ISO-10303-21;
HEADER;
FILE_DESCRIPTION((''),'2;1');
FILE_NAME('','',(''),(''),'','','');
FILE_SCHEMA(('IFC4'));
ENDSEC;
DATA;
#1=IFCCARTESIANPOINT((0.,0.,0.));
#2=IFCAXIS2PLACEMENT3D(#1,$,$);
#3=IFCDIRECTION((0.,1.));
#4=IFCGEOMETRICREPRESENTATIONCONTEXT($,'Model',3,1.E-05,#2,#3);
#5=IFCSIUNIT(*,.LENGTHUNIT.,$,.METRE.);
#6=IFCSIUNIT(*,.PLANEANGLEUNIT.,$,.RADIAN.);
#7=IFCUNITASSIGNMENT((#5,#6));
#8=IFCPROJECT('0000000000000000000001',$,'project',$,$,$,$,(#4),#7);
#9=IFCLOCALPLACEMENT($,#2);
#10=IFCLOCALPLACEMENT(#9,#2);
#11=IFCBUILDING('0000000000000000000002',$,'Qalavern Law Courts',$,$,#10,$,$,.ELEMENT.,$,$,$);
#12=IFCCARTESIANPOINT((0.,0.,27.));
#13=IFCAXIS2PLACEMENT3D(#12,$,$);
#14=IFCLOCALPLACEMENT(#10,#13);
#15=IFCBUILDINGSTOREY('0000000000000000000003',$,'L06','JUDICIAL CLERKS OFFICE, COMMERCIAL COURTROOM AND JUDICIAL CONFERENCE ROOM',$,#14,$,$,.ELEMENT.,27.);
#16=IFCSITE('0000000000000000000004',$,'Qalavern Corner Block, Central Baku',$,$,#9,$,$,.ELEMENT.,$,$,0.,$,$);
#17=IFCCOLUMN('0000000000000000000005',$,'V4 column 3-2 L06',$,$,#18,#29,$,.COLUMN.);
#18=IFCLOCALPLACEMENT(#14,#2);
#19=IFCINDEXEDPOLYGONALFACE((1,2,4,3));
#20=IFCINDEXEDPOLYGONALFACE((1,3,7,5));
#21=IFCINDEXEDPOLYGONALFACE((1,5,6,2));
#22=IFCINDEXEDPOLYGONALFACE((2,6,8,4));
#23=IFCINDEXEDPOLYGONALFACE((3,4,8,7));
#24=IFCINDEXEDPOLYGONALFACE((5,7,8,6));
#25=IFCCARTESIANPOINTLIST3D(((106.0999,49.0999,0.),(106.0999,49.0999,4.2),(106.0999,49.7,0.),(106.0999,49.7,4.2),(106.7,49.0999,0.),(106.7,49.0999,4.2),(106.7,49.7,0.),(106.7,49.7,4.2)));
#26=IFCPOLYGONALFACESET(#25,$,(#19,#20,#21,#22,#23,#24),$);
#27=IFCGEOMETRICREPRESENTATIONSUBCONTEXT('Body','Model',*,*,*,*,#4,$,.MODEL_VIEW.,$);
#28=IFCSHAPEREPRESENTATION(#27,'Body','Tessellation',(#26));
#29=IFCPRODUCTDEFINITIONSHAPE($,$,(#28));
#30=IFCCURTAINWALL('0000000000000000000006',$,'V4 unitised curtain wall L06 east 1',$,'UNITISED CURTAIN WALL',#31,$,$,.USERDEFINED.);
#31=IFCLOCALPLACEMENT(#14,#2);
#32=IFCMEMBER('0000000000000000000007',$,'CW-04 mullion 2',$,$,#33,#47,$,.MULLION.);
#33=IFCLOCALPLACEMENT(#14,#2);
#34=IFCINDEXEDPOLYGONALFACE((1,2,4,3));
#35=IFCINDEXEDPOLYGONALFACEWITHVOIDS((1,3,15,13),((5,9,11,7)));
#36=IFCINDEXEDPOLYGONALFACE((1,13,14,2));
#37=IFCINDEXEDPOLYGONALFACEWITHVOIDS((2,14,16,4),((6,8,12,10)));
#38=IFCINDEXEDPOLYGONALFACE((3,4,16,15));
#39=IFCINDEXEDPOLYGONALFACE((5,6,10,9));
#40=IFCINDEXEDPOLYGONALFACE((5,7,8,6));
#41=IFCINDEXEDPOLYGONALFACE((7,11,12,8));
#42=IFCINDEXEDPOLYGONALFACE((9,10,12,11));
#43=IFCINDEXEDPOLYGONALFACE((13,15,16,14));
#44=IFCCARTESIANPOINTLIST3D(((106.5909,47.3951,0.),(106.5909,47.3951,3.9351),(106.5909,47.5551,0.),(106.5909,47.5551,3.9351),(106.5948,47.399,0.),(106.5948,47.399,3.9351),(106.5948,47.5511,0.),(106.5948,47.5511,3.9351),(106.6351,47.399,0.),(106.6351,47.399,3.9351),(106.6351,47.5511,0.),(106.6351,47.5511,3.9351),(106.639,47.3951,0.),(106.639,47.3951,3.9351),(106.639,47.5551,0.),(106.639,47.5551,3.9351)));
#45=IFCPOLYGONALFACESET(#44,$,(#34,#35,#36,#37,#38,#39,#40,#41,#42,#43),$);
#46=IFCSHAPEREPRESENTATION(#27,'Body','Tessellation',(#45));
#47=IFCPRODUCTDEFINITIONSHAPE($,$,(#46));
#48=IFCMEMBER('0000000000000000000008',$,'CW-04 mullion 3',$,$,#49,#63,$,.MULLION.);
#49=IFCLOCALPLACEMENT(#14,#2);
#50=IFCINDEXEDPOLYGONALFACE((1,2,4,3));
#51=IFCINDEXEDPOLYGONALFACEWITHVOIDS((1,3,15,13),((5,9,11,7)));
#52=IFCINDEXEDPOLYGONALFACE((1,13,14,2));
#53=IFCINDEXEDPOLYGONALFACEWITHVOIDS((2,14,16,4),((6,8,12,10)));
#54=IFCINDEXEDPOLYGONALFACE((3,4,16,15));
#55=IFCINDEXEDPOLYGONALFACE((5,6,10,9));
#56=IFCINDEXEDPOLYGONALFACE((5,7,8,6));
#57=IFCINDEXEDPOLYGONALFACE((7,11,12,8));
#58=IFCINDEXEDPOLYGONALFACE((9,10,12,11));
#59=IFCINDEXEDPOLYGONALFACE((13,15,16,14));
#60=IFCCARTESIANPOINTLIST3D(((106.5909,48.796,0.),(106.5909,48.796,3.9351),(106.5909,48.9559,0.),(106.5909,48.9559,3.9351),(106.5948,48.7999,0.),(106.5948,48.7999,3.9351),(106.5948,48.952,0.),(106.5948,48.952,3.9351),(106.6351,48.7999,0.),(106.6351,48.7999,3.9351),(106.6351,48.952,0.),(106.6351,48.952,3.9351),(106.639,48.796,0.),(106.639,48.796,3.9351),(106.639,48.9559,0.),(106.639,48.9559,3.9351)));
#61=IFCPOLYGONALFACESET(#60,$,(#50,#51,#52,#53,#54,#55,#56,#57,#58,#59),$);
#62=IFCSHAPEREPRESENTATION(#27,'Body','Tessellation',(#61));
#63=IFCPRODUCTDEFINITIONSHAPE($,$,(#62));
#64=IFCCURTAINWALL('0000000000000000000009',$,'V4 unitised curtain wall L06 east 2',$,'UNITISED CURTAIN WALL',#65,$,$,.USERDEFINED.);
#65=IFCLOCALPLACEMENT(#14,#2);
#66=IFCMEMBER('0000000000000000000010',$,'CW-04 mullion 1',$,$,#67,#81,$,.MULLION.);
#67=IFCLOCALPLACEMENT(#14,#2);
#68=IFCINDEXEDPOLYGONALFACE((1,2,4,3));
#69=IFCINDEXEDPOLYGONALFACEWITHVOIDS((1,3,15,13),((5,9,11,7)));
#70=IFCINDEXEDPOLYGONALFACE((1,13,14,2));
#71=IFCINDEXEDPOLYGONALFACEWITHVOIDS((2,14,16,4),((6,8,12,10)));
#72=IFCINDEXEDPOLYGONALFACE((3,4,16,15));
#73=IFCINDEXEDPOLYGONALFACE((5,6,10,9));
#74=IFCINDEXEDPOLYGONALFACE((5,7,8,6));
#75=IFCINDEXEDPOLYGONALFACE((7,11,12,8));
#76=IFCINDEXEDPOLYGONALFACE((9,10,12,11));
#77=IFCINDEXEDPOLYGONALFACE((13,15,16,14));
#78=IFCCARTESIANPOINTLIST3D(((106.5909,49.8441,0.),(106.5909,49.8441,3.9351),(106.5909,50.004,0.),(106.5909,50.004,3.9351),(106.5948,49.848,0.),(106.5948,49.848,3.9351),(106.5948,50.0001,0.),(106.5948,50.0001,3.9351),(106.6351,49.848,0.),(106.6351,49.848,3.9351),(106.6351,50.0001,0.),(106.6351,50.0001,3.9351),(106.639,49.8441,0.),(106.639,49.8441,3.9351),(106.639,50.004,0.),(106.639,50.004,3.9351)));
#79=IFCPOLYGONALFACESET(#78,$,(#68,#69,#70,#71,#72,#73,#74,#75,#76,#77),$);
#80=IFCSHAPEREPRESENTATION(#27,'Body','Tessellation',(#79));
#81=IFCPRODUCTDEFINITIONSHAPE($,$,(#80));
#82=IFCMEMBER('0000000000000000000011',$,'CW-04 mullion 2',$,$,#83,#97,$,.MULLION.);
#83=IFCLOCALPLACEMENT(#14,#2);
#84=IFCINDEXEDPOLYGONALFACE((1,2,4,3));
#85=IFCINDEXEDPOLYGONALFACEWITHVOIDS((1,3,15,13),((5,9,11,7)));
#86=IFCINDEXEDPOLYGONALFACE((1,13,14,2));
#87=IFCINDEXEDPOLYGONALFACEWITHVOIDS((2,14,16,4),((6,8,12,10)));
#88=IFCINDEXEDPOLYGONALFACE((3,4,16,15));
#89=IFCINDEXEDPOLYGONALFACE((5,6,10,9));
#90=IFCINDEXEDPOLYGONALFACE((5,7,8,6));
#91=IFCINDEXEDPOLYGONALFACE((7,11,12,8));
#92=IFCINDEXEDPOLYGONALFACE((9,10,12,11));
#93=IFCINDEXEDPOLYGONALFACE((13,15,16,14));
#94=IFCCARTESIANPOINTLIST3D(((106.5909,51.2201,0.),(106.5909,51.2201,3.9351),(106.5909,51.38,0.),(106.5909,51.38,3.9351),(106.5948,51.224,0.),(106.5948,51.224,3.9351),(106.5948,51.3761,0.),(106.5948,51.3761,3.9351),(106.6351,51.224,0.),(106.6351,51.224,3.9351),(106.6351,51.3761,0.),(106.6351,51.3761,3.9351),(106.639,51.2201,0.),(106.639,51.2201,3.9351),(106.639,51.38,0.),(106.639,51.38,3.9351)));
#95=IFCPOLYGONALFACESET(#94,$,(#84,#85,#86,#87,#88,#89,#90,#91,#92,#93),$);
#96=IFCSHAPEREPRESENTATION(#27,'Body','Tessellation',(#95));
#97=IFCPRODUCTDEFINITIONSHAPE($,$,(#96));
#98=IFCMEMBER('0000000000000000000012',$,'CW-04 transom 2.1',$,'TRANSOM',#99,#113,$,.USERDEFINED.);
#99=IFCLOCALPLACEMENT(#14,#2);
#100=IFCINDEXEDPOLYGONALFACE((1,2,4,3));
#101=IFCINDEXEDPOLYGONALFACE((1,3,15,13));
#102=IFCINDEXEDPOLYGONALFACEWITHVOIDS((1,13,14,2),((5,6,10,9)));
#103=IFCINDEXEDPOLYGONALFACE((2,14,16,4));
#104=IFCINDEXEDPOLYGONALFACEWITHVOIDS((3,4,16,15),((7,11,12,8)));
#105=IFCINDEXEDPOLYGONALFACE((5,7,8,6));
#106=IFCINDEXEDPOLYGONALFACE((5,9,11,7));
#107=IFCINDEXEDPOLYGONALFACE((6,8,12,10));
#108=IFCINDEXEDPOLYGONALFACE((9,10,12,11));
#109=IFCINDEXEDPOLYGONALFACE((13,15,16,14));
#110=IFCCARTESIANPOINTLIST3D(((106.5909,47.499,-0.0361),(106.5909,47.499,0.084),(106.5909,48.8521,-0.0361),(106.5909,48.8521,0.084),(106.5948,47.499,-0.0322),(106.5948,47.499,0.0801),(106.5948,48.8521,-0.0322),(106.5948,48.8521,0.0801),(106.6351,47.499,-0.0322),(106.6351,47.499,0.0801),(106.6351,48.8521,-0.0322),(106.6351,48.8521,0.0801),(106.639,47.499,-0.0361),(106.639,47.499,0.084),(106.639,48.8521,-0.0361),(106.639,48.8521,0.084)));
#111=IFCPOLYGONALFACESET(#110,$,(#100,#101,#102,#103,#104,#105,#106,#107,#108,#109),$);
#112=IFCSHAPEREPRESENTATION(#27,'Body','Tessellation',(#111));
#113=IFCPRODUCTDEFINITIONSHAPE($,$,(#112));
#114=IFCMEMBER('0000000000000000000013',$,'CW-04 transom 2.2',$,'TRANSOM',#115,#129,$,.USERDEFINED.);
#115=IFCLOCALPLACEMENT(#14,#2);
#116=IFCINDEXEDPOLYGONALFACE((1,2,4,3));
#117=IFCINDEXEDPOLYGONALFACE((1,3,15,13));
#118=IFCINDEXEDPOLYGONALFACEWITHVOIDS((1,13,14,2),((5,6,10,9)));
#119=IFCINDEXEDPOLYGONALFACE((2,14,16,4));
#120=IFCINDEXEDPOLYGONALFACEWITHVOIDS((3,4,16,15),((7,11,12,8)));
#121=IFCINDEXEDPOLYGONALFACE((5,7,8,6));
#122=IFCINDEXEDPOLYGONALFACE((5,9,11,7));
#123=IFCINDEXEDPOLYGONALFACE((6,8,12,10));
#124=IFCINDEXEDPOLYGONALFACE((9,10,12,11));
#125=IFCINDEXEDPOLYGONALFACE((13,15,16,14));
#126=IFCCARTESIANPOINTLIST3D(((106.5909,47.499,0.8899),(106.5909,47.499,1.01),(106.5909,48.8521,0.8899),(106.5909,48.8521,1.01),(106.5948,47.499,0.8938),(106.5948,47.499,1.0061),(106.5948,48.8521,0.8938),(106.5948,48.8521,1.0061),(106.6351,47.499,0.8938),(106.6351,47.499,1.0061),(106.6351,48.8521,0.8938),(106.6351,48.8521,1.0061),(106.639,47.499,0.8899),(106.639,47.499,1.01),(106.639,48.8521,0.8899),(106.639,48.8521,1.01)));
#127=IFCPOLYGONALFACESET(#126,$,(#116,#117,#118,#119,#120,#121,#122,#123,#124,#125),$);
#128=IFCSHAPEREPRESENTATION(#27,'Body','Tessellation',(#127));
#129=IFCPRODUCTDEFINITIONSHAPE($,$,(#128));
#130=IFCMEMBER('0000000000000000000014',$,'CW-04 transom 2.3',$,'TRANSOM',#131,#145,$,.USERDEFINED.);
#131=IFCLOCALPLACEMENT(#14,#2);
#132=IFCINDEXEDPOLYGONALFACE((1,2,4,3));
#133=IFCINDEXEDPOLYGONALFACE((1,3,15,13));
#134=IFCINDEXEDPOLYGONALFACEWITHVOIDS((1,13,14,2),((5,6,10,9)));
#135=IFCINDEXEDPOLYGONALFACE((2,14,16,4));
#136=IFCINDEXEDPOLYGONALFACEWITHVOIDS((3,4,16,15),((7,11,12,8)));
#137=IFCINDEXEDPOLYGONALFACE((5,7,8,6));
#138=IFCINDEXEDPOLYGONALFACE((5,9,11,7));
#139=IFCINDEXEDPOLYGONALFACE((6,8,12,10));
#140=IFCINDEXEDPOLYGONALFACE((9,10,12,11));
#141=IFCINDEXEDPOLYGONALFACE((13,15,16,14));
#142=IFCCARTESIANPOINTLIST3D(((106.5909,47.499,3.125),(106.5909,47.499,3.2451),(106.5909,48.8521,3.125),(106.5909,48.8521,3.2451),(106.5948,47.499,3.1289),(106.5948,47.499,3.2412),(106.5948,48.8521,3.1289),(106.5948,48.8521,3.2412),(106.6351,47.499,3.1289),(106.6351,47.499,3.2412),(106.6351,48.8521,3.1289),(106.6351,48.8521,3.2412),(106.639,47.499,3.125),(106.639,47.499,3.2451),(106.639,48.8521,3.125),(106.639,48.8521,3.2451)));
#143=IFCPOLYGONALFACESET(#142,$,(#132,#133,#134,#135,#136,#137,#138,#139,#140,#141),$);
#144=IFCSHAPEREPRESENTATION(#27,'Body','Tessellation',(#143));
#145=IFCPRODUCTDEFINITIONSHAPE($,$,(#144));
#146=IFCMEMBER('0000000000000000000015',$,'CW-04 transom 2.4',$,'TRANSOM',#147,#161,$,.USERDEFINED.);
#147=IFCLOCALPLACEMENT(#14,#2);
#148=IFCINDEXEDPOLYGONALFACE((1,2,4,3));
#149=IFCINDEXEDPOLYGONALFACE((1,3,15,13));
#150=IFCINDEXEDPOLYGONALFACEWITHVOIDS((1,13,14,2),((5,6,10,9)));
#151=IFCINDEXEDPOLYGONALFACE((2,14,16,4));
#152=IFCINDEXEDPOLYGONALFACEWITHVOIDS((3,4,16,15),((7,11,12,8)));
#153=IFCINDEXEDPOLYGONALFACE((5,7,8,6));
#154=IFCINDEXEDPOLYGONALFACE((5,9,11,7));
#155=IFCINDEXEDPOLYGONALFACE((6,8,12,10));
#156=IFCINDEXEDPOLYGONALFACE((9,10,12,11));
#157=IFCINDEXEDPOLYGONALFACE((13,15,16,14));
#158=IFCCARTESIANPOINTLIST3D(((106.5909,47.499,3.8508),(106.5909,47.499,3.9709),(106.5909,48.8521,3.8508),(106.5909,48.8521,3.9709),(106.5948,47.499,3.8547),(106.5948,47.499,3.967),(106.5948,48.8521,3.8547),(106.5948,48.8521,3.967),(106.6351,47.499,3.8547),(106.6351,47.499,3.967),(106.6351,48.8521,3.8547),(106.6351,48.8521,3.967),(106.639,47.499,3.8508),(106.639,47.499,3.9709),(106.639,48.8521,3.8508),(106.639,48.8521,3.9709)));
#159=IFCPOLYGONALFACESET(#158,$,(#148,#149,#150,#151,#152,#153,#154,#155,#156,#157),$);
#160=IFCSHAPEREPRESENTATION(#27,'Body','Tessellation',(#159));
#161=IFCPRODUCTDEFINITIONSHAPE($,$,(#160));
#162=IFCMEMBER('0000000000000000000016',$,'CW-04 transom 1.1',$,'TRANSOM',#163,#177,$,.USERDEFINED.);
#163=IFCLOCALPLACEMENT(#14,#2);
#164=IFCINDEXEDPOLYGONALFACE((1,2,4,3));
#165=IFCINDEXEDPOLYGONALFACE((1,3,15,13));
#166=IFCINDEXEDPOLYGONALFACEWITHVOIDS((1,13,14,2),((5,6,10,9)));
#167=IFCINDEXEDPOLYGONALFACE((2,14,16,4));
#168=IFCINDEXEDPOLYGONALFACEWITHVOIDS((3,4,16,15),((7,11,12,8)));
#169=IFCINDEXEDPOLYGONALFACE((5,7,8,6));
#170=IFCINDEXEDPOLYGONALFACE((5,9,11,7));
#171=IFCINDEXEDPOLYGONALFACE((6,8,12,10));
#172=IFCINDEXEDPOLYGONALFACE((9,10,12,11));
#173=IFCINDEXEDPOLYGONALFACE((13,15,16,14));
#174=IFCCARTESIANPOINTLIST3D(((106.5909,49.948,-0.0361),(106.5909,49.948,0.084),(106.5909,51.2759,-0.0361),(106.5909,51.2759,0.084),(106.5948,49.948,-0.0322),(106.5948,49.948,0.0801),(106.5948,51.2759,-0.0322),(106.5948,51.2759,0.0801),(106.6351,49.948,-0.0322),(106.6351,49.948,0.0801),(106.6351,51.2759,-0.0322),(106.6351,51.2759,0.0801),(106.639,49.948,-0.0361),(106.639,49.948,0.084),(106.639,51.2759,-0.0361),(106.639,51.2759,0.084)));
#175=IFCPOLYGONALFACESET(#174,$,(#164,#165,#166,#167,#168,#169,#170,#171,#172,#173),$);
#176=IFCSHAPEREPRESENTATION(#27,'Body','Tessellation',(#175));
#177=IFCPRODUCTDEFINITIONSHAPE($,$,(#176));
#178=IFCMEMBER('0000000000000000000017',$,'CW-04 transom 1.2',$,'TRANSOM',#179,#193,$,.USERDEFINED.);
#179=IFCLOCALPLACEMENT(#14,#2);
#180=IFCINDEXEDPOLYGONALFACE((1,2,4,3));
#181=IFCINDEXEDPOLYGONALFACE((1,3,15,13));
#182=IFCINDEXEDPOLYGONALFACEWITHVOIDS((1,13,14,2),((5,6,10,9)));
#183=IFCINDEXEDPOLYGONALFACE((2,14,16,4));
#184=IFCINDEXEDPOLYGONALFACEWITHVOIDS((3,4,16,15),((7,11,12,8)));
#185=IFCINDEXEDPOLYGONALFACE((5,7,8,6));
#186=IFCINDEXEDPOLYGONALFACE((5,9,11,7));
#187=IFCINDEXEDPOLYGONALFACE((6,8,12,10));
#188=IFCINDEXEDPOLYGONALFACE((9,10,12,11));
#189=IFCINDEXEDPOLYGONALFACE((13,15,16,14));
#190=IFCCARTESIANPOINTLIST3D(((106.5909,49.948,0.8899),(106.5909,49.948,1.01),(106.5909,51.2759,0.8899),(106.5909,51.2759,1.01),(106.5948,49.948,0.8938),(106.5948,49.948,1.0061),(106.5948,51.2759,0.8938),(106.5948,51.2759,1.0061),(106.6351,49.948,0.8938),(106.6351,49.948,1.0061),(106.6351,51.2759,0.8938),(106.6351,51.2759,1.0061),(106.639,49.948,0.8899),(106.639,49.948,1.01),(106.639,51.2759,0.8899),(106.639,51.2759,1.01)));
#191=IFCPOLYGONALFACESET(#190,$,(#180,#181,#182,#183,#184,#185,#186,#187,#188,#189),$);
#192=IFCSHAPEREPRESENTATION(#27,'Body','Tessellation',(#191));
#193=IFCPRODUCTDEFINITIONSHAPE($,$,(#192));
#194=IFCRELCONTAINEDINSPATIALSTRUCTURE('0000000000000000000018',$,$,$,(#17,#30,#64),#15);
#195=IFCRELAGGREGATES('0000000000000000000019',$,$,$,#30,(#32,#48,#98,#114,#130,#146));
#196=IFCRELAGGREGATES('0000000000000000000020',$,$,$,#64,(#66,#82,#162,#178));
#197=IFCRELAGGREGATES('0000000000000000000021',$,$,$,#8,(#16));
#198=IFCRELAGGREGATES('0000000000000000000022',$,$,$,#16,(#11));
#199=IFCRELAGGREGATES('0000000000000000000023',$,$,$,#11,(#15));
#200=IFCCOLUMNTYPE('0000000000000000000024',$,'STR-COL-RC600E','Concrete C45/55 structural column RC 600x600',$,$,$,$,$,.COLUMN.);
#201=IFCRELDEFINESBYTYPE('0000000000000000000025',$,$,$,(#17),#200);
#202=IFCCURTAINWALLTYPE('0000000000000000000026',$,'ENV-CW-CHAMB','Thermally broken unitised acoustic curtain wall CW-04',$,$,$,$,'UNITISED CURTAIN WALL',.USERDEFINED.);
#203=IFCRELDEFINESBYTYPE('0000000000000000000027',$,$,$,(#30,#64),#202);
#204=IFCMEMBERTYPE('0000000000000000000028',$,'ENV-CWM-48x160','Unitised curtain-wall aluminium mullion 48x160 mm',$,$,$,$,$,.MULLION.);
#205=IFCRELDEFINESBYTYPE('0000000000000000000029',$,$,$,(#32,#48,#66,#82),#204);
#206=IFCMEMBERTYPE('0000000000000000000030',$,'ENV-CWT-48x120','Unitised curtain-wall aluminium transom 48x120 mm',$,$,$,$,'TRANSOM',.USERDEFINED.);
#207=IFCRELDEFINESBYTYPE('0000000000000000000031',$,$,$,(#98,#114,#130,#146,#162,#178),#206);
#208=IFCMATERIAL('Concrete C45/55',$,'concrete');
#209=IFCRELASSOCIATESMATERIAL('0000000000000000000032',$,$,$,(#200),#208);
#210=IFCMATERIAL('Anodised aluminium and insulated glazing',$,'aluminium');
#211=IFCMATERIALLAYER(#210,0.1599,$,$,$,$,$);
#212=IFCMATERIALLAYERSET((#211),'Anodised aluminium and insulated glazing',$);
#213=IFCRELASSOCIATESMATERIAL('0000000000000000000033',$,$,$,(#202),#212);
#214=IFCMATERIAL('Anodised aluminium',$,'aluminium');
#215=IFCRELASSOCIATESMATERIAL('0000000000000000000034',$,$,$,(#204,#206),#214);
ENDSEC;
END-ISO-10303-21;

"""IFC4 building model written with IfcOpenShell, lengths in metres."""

from ifc_helpers import new_model, si_unit, direction, frame, origin, origin_2d, place, context, subcontext, project, spatial, rectangle, hollow_rectangle, extrude, material, layer, layer_set, material_profile, profile_set, type_object, element, aggregate, save


model = new_model("IFC4")

# Units and contexts
model_context = context("Model", 3, precision=1e-05, world=origin(), true_north=direction((0.0, 1.0)))
body_context = subcontext(model_context, "Body", "Model", "MODEL_VIEW")
ifc_project = project(units=[si_unit("LENGTHUNIT", "METRE"), si_unit("PLANEANGLEUNIT", "RADIAN")], contexts=[model_context])

# Site, building, storey
site_placement = place(None, origin())
site = spatial("IfcSite", under=ifc_project, at=site_placement, Name="Qalavern Corner Block, Central Baku", CompositionType="ELEMENT", RefElevation=0.0)
building_placement = place(site_placement, origin())
building = spatial("IfcBuilding", under=site, at=building_placement, Name="Qalavern Law Courts", CompositionType="ELEMENT")
storey_placement = place(building_placement, frame((0.0, 0.0, 27.0)))
storey = spatial("IfcBuildingStorey", under=building, at=storey_placement, Name="L06", Description="JUDICIAL CLERKS OFFICE, COMMERCIAL COURTROOM AND JUDICIAL CONFERENCE ROOM", CompositionType="ELEMENT", Elevation=27.0)

# Column
ifc_material_1 = material(Name="Concrete C45/55", Category="concrete")
ifc_material_profile_1 = material_profile(ifc_material_1, rectangle(XDim=0.6001, YDim=0.6001, at=origin_2d()), Name="RC 600x600")
ifc_profile_set_1 = profile_set([ifc_material_profile_1], Name="Concrete C45/55")
column_type = type_object("IfcColumnType", Name="STR-COL-RC600E", Description="Concrete C45/55 structural column RC 600x600", PredefinedType="COLUMN", material=ifc_profile_set_1)
column_placement = place(storey_placement, frame((106.3999, 49.3999, 0.0), z_axis=(0.0, 0.0, 1.0), x_axis=(1.0, 0.0, 0.0)))
element("IfcColumn", 1, at=column_placement, inside=storey, type_object=column_type, Name="V4 column 3-2 L06", PredefinedType="COLUMN", context=body_context, shape_type="SweptSolid", body=[
    extrude(rectangle(XDim=0.6001, YDim=0.6001, at=origin_2d()), origin(), (0.0, 0.0, 1.0), 4.2),
])

# Curtain walls, members
ifc_material_2 = material(Name="Anodised aluminium and insulated glazing", Category="aluminium")
ifc_layer_1 = layer(ifc_material_2, 0.1599)
ifc_layer_set_1 = layer_set([ifc_layer_1], Name="Anodised aluminium and insulated glazing")
curtain_wall_type = type_object("IfcCurtainWallType", Name="ENV-CW-CHAMB", Description="Thermally broken unitised acoustic curtain wall CW-04", ElementType="UNITISED CURTAIN WALL", PredefinedType="USERDEFINED", material=ifc_layer_set_1)
curtain_wall_1_placement = place(storey_placement, origin())
curtain_wall_1 = element("IfcCurtainWall", 2, at=curtain_wall_1_placement, inside=storey, type_object=curtain_wall_type, Name="V4 unitised curtain wall L06 east 1", ObjectType="UNITISED CURTAIN WALL", PredefinedType="USERDEFINED")
ifc_material_3 = material(Name="Anodised aluminium", Category="aluminium")
ifc_material_profile_2 = material_profile(ifc_material_3, hollow_rectangle(XDim=0.0481, YDim=0.1599, WallThickness=0.0039, at=origin_2d()), Name="ALU MULLION 48x160")
ifc_profile_set_2 = profile_set([ifc_material_profile_2], Name="Anodised aluminium")
member_type_1 = type_object("IfcMemberType", Name="ENV-CWM-48x160", Description="Unitised curtain-wall aluminium mullion 48x160 mm", PredefinedType="MULLION", material=ifc_profile_set_2)
member_1_placement = place(storey_placement, frame((106.615, 47.4751, 0.0), z_axis=(0.0, 0.0, 1.0), x_axis=(-1.0, 0.0, 0.0)))
member_1 = element("IfcMember", 3, at=member_1_placement, type_object=member_type_1, Name="CW-04 mullion 2", PredefinedType="MULLION", context=body_context, shape_type="SweptSolid", body=[
    extrude(hollow_rectangle(XDim=0.0481, YDim=0.1599, WallThickness=0.0039, at=origin_2d()), origin(), (0.0, 0.0, 1.0), 3.9351),
])
member_2_placement = place(storey_placement, frame((106.615, 48.876, 0.0), z_axis=(0.0, 0.0, 1.0), x_axis=(-1.0, 0.0, 0.0)))
member_2 = element("IfcMember", 4, at=member_2_placement, type_object=member_type_1, Name="CW-04 mullion 3", PredefinedType="MULLION", context=body_context, shape_type="SweptSolid", body=[
    extrude(hollow_rectangle(XDim=0.0481, YDim=0.1599, WallThickness=0.0039, at=origin_2d()), origin(), (0.0, 0.0, 1.0), 3.9351),
])
curtain_wall_2_placement = place(storey_placement, origin())
curtain_wall_2 = element("IfcCurtainWall", 5, at=curtain_wall_2_placement, inside=storey, type_object=curtain_wall_type, Name="V4 unitised curtain wall L06 east 2", ObjectType="UNITISED CURTAIN WALL", PredefinedType="USERDEFINED")
member_3_placement = place(storey_placement, frame((106.615, 49.9241, 0.0), z_axis=(0.0, 0.0, 1.0), x_axis=(-1.0, 0.0, 0.0)))
member_3 = element("IfcMember", 6, at=member_3_placement, type_object=member_type_1, Name="CW-04 mullion 1", PredefinedType="MULLION", context=body_context, shape_type="SweptSolid", body=[
    extrude(hollow_rectangle(XDim=0.0481, YDim=0.1599, WallThickness=0.0039, at=origin_2d()), origin(), (0.0, 0.0, 1.0), 3.9351),
])
member_4_placement = place(storey_placement, frame((106.615, 51.3, 0.0), z_axis=(0.0, 0.0, 1.0), x_axis=(-1.0, 0.0, 0.0)))
member_4 = element("IfcMember", 7, at=member_4_placement, type_object=member_type_1, Name="CW-04 mullion 2", PredefinedType="MULLION", context=body_context, shape_type="SweptSolid", body=[
    extrude(hollow_rectangle(XDim=0.0481, YDim=0.1599, WallThickness=0.0039, at=origin_2d()), origin(), (0.0, 0.0, 1.0), 3.9351),
])

# Members
ifc_material_profile_3 = material_profile(ifc_material_3, hollow_rectangle(XDim=0.0481, YDim=0.1201, WallThickness=0.0039, at=origin_2d()), Name="ALU TRANSOM 48x120")
ifc_profile_set_3 = profile_set([ifc_material_profile_3], Name="Anodised aluminium")
member_type_2 = type_object("IfcMemberType", Name="ENV-CWT-48x120", Description="Unitised curtain-wall aluminium transom 48x120 mm", ElementType="TRANSOM", PredefinedType="USERDEFINED", material=ifc_profile_set_3)
member_5_placement = place(storey_placement, frame((106.615, 47.499, 0.0239), z_axis=(0.0, 1.0, 0.0), x_axis=(-1.0, 0.0, 0.0)))
member_5 = element("IfcMember", 8, at=member_5_placement, type_object=member_type_2, Name="CW-04 transom 2.1", ObjectType="TRANSOM", PredefinedType="USERDEFINED", context=body_context, shape_type="SweptSolid", body=[
    extrude(hollow_rectangle(XDim=0.0481, YDim=0.1201, WallThickness=0.0039, at=origin_2d()), origin(), (0.0, 0.0, 1.0), 1.353),
])
member_6_placement = place(storey_placement, frame((106.615, 47.499, 0.95), z_axis=(0.0, 1.0, 0.0), x_axis=(-1.0, 0.0, 0.0)))
member_6 = element("IfcMember", 9, at=member_6_placement, type_object=member_type_2, Name="CW-04 transom 2.2", ObjectType="TRANSOM", PredefinedType="USERDEFINED", context=body_context, shape_type="SweptSolid", body=[
    extrude(hollow_rectangle(XDim=0.0481, YDim=0.1201, WallThickness=0.0039, at=origin_2d()), origin(), (0.0, 0.0, 1.0), 1.353),
])
member_7_placement = place(storey_placement, frame((106.615, 47.499, 3.1851), z_axis=(0.0, 1.0, 0.0), x_axis=(-1.0, 0.0, 0.0)))
member_7 = element("IfcMember", 10, at=member_7_placement, type_object=member_type_2, Name="CW-04 transom 2.3", ObjectType="TRANSOM", PredefinedType="USERDEFINED", context=body_context, shape_type="SweptSolid", body=[
    extrude(hollow_rectangle(XDim=0.0481, YDim=0.1201, WallThickness=0.0039, at=origin_2d()), origin(), (0.0, 0.0, 1.0), 1.353),
])
member_8_placement = place(storey_placement, frame((106.615, 47.499, 3.9109), z_axis=(0.0, 1.0, 0.0), x_axis=(-1.0, 0.0, 0.0)))
member_8 = element("IfcMember", 11, at=member_8_placement, type_object=member_type_2, Name="CW-04 transom 2.4", ObjectType="TRANSOM", PredefinedType="USERDEFINED", context=body_context, shape_type="SweptSolid", body=[
    extrude(hollow_rectangle(XDim=0.0481, YDim=0.1201, WallThickness=0.0039, at=origin_2d()), origin(), (0.0, 0.0, 1.0), 1.353),
])
member_9_placement = place(storey_placement, frame((106.615, 49.948, 0.0239), z_axis=(0.0, 1.0, 0.0), x_axis=(-1.0, 0.0, 0.0)))
member_9 = element("IfcMember", 12, at=member_9_placement, type_object=member_type_2, Name="CW-04 transom 1.1", ObjectType="TRANSOM", PredefinedType="USERDEFINED", context=body_context, shape_type="SweptSolid", body=[
    extrude(hollow_rectangle(XDim=0.0481, YDim=0.1201, WallThickness=0.0039, at=origin_2d()), origin(), (0.0, 0.0, 1.0), 1.3279),
])
member_10_placement = place(storey_placement, frame((106.615, 49.948, 0.95), z_axis=(0.0, 1.0, 0.0), x_axis=(-1.0, 0.0, 0.0)))
member_10 = element("IfcMember", 13, at=member_10_placement, type_object=member_type_2, Name="CW-04 transom 1.2", ObjectType="TRANSOM", PredefinedType="USERDEFINED", context=body_context, shape_type="SweptSolid", body=[
    extrude(hollow_rectangle(XDim=0.0481, YDim=0.1201, WallThickness=0.0039, at=origin_2d()), origin(), (0.0, 0.0, 1.0), 1.3279),
])

aggregate(curtain_wall_1, [member_1, member_2, member_5, member_6, member_7, member_8])
aggregate(curtain_wall_2, [member_3, member_4, member_9, member_10])

save(model, "model.ifc")
